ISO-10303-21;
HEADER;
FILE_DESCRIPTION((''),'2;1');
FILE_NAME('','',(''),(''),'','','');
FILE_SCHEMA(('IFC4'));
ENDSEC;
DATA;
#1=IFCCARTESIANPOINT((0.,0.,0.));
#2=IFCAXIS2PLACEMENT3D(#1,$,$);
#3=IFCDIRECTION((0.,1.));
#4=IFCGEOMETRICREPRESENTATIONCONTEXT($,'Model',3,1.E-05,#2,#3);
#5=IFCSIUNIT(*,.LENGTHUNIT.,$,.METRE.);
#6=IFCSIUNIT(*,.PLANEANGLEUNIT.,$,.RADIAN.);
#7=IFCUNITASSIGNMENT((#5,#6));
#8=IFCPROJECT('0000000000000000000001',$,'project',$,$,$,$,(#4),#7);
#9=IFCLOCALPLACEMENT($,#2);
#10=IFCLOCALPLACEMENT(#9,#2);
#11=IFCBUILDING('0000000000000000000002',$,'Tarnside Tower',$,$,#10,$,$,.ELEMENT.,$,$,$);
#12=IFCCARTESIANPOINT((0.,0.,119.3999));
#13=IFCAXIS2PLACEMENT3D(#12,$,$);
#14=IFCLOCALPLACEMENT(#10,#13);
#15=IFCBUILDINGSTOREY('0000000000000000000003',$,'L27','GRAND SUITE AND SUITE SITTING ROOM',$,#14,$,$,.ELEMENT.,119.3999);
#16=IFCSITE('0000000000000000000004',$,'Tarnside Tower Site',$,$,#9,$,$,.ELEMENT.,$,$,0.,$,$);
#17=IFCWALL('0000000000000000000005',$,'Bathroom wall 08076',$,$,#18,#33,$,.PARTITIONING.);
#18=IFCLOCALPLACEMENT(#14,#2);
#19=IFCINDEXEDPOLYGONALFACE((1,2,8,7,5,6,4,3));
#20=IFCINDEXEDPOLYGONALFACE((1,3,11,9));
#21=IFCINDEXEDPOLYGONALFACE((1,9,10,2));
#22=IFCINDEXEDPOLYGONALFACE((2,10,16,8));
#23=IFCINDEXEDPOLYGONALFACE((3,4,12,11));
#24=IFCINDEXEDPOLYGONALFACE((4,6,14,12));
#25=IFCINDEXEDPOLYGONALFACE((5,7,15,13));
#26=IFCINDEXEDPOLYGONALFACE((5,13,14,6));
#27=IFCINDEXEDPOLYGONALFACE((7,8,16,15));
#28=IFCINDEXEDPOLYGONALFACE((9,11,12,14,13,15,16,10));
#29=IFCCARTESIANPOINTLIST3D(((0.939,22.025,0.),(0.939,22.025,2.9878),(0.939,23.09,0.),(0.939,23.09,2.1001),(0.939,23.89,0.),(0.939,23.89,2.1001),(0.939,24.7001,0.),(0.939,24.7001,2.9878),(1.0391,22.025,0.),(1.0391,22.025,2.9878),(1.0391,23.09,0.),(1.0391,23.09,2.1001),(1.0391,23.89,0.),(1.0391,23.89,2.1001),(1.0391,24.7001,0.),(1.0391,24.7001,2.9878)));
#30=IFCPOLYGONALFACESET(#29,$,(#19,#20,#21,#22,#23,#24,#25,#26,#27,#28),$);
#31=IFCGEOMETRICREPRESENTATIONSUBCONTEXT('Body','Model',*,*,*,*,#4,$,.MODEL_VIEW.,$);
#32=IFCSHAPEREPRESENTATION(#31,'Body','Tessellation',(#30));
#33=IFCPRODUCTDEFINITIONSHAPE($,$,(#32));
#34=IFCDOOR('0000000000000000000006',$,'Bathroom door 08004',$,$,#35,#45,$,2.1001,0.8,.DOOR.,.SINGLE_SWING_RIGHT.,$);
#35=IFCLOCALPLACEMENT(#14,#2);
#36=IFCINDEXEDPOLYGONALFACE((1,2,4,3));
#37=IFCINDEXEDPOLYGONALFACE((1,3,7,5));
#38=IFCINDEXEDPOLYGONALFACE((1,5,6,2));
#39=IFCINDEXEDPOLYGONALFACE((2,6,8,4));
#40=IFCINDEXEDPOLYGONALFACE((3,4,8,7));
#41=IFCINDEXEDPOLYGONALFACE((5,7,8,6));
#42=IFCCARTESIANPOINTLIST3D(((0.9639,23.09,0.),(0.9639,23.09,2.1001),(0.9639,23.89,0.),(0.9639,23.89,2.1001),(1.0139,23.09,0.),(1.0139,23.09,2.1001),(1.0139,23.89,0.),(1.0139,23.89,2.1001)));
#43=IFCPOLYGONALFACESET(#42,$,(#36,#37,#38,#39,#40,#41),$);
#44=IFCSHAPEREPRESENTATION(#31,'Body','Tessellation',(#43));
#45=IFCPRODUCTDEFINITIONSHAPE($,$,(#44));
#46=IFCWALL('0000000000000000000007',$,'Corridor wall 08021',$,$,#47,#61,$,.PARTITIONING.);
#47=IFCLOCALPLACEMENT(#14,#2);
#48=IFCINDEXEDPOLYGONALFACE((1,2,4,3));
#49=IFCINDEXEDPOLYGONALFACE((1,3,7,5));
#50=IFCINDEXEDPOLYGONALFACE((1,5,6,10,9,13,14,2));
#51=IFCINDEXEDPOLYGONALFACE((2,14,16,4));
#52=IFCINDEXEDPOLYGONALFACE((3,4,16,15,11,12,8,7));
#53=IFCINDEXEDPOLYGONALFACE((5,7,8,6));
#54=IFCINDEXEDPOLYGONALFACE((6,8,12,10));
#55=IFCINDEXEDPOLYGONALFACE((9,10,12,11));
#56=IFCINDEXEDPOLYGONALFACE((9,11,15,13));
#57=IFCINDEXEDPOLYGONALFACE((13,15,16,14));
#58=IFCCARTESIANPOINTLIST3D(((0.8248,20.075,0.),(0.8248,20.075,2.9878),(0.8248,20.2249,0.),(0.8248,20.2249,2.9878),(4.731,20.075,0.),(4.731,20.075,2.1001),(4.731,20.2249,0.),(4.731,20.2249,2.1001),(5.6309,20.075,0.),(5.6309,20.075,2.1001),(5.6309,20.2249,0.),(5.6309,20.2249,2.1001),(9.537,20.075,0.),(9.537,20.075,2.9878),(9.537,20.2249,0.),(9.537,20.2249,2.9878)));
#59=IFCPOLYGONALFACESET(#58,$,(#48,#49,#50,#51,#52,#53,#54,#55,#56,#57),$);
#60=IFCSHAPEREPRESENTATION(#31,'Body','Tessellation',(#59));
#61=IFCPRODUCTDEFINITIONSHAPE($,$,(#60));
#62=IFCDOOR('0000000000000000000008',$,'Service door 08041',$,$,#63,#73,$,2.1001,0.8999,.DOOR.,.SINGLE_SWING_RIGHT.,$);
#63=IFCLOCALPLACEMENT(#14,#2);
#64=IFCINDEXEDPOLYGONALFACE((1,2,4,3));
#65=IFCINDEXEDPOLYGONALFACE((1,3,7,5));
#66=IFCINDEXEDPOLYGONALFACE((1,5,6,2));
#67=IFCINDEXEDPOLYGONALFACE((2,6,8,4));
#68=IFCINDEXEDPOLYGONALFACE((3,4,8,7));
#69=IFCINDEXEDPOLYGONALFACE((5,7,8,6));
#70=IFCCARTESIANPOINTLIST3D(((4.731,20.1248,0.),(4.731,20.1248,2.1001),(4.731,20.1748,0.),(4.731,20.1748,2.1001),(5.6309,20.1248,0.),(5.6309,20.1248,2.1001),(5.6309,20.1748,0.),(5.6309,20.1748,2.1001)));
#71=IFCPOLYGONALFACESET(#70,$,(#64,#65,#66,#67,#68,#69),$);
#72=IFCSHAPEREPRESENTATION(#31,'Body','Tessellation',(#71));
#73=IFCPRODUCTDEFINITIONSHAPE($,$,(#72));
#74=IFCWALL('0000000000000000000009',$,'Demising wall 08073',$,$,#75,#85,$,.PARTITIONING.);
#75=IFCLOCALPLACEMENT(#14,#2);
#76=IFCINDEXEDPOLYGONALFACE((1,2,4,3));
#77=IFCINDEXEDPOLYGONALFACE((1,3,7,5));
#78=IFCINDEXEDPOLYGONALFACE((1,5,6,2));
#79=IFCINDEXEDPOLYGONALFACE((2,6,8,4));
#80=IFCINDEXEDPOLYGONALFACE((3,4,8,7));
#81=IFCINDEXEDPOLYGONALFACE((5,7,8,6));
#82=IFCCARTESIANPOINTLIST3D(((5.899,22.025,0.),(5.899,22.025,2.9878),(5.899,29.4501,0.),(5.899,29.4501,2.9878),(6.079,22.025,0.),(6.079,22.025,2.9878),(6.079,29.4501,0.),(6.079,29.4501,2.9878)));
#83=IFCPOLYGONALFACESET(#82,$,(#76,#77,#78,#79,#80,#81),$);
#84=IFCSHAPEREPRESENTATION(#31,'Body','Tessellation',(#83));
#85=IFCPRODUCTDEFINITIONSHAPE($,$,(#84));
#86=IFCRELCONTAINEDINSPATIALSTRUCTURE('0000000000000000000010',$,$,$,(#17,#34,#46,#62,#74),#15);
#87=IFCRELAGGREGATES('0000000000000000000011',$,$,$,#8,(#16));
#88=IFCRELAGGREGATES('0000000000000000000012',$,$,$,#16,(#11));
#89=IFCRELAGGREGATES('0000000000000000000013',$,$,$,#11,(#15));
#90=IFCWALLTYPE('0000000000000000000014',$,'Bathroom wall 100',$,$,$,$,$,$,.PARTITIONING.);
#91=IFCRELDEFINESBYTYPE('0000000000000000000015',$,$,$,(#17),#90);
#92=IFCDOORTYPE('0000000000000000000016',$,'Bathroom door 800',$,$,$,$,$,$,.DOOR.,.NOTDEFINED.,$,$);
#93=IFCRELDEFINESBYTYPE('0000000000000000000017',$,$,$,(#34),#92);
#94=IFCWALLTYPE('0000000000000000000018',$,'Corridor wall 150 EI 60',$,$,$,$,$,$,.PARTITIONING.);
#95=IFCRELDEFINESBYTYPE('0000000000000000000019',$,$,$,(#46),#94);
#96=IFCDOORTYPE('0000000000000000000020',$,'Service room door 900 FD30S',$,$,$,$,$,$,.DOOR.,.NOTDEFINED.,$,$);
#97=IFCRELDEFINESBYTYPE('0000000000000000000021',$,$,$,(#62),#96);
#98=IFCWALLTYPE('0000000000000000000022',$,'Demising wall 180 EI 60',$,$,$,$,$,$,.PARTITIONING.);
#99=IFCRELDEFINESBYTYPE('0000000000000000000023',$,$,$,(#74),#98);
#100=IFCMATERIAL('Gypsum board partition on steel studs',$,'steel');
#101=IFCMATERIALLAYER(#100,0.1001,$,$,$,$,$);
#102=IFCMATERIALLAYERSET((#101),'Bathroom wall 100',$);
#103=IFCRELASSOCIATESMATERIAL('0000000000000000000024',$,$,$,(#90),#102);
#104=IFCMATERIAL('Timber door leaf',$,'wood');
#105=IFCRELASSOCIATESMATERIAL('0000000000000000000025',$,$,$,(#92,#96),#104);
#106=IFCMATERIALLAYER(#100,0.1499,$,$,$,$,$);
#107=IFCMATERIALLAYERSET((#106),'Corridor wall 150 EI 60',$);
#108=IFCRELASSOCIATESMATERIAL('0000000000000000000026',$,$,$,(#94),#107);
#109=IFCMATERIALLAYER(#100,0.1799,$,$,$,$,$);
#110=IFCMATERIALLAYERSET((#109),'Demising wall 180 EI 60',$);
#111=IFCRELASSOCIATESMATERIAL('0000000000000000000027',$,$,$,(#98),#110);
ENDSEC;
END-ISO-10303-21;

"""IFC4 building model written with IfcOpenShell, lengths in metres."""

from ifc_helpers import new_model, si_unit, direction, frame, frame_2d, origin, place, context, subcontext, project, spatial, rectangle, extrude, material, layer, layer_set, type_object, element, fill, save


model = new_model("IFC4")

# Units and contexts
model_context = context("Model", 3, precision=1e-05, world=origin(), true_north=direction((0.0, 1.0)))
body_context = subcontext(model_context, "Body", "Model", "MODEL_VIEW")
ifc_project = project(units=[si_unit("LENGTHUNIT", "METRE"), si_unit("PLANEANGLEUNIT", "RADIAN")], contexts=[model_context])

# Site, building, storey
site_placement = place(None, origin())
site = spatial("IfcSite", under=ifc_project, at=site_placement, Name="Tarnside Tower Site", CompositionType="ELEMENT", RefElevation=0.0)
building_placement = place(site_placement, origin())
building = spatial("IfcBuilding", under=site, at=building_placement, Name="Tarnside Tower", CompositionType="ELEMENT")
storey_placement = place(building_placement, frame((0.0, 0.0, 119.3999)))
storey = spatial("IfcBuildingStorey", under=building, at=storey_placement, Name="L27", Description="GRAND SUITE AND SUITE SITTING ROOM", CompositionType="ELEMENT", Elevation=119.3999)

# Shared definitions
ifc_material_1 = material(Name="Gypsum board partition on steel studs", Category="steel")
ifc_layer_1 = layer(ifc_material_1, 0.1001)
ifc_layer_set_1 = layer_set([ifc_layer_1], Name="Bathroom wall 100")
wall_type_1 = type_object("IfcWallType", Name="Bathroom wall 100", PredefinedType="PARTITIONING", material=ifc_layer_set_1)

# Walls, openings, doors
ifc_material_2 = material(Name="Timber door leaf", Category="wood")
door_type_1 = type_object("IfcDoorType", Name="Bathroom door 800", OperationType="NOTDEFINED", PredefinedType="DOOR", material=ifc_material_2)
wall_1_placement = place(storey_placement, frame((0.989, 24.7, 0.0), z_axis=(0.0, 0.0, 1.0), x_axis=(0.0, -1.0, 0.0)))
wall_1 = element("IfcWall", 1, at=wall_1_placement, inside=storey, type_object=wall_type_1, Name="Bathroom wall 08076", PredefinedType="PARTITIONING", context=body_context, shape_type="SweptSolid", body=[
    extrude(rectangle(XDim=2.675, YDim=0.1001, at=frame_2d((1.3374, 0.0))), origin(), (0.0, 0.0, 1.0), 2.9878),
])
opening_1_placement = place(wall_1_placement, frame((0.8101, 0.0, 0.0)))
opening_1 = element("IfcOpeningElement", 2, at=opening_1_placement, cuts=wall_1, PredefinedType="OPENING", context=body_context, shape_type="SweptSolid", body=[
    extrude(rectangle(XDim=0.8, YDim=2.1001, at=frame_2d((0.3999, 1.05))), frame((0.0, 0.0601, 0.0), z_axis=(0.0, -1.0, 0.0), x_axis=(1.0, 0.0, 0.0)), (0.0, 0.0, 1.0), 0.1201),
])
door_1_placement = place(opening_1_placement, origin())
door_1 = element("IfcDoor", 3, at=door_1_placement, inside=storey, type_object=door_type_1, Name="Bathroom door 08004", OperationType="SINGLE_SWING_RIGHT", OverallHeight=2.1001, OverallWidth=0.8, PredefinedType="DOOR", context=body_context, shape_type="SweptSolid", body=[
    extrude(rectangle(XDim=0.8, YDim=2.1001, at=frame_2d((0.3999, 1.05))), frame((0.0, 0.0249, 0.0), z_axis=(0.0, -1.0, 0.0), x_axis=(1.0, 0.0, 0.0)), (0.0, 0.0, 1.0), 0.05),
])
fill(opening_1, door_1)
ifc_layer_2 = layer(ifc_material_1, 0.1499)
ifc_layer_set_2 = layer_set([ifc_layer_2], Name="Corridor wall 150 EI 60")
wall_type_2 = type_object("IfcWallType", Name="Corridor wall 150 EI 60", PredefinedType="PARTITIONING", material=ifc_layer_set_2)
wall_2_placement = place(storey_placement, frame((0.825, 20.1499, 0.0), z_axis=(0.0, 0.0, 1.0), x_axis=(1.0, 0.0, 0.0)))
wall_2 = element("IfcWall", 4, at=wall_2_placement, inside=storey, type_object=wall_type_2, Name="Corridor wall 08021", PredefinedType="PARTITIONING", context=body_context, shape_type="SweptSolid", body=[
    extrude(rectangle(XDim=8.7122, YDim=0.1499, at=frame_2d((4.356, 0.0))), origin(), (0.0, 0.0, 1.0), 2.9878),
])
opening_2_placement = place(wall_2_placement, frame((3.906, 0.0, 0.0)))
opening_2 = element("IfcOpeningElement", 5, at=opening_2_placement, cuts=wall_2, PredefinedType="OPENING", context=body_context, shape_type="SweptSolid", body=[
    extrude(rectangle(XDim=0.8999, YDim=2.1001, at=frame_2d((0.45, 1.05))), frame((0.0, 0.085, 0.0), z_axis=(0.0, -1.0, 0.0), x_axis=(1.0, 0.0, 0.0)), (0.0, 0.0, 1.0), 0.1699),
])
door_type_2 = type_object("IfcDoorType", Name="Service room door 900 FD30S", OperationType="NOTDEFINED", PredefinedType="DOOR", material=ifc_material_2)
door_2_placement = place(opening_2_placement, origin())
door_2 = element("IfcDoor", 6, at=door_2_placement, inside=storey, type_object=door_type_2, Name="Service door 08041", OperationType="SINGLE_SWING_RIGHT", OverallHeight=2.1001, OverallWidth=0.8999, PredefinedType="DOOR", context=body_context, shape_type="SweptSolid", body=[
    extrude(rectangle(XDim=0.8999, YDim=2.1001, at=frame_2d((0.45, 1.05))), frame((0.0, 0.0249, 0.0), z_axis=(0.0, -1.0, 0.0), x_axis=(1.0, 0.0, 0.0)), (0.0, 0.0, 1.0), 0.05),
])
fill(opening_2, door_2)

# Wall
ifc_layer_3 = layer(ifc_material_1, 0.1799)
ifc_layer_set_3 = layer_set([ifc_layer_3], Name="Demising wall 180 EI 60")
wall_type_3 = type_object("IfcWallType", Name="Demising wall 180 EI 60", PredefinedType="PARTITIONING", material=ifc_layer_set_3)
wall_3_placement = place(storey_placement, frame((5.989, 29.45, 0.0), z_axis=(0.0, 0.0, 1.0), x_axis=(0.0, -1.0, 0.0)))
element("IfcWall", 7, at=wall_3_placement, inside=storey, type_object=wall_type_3, Name="Demising wall 08073", PredefinedType="PARTITIONING", context=body_context, shape_type="SweptSolid", body=[
    extrude(rectangle(XDim=7.425, YDim=0.1799, at=frame_2d((3.7124, 0.0))), origin(), (0.0, 0.0, 1.0), 2.9878),
])

save(model, "model.ifc")
